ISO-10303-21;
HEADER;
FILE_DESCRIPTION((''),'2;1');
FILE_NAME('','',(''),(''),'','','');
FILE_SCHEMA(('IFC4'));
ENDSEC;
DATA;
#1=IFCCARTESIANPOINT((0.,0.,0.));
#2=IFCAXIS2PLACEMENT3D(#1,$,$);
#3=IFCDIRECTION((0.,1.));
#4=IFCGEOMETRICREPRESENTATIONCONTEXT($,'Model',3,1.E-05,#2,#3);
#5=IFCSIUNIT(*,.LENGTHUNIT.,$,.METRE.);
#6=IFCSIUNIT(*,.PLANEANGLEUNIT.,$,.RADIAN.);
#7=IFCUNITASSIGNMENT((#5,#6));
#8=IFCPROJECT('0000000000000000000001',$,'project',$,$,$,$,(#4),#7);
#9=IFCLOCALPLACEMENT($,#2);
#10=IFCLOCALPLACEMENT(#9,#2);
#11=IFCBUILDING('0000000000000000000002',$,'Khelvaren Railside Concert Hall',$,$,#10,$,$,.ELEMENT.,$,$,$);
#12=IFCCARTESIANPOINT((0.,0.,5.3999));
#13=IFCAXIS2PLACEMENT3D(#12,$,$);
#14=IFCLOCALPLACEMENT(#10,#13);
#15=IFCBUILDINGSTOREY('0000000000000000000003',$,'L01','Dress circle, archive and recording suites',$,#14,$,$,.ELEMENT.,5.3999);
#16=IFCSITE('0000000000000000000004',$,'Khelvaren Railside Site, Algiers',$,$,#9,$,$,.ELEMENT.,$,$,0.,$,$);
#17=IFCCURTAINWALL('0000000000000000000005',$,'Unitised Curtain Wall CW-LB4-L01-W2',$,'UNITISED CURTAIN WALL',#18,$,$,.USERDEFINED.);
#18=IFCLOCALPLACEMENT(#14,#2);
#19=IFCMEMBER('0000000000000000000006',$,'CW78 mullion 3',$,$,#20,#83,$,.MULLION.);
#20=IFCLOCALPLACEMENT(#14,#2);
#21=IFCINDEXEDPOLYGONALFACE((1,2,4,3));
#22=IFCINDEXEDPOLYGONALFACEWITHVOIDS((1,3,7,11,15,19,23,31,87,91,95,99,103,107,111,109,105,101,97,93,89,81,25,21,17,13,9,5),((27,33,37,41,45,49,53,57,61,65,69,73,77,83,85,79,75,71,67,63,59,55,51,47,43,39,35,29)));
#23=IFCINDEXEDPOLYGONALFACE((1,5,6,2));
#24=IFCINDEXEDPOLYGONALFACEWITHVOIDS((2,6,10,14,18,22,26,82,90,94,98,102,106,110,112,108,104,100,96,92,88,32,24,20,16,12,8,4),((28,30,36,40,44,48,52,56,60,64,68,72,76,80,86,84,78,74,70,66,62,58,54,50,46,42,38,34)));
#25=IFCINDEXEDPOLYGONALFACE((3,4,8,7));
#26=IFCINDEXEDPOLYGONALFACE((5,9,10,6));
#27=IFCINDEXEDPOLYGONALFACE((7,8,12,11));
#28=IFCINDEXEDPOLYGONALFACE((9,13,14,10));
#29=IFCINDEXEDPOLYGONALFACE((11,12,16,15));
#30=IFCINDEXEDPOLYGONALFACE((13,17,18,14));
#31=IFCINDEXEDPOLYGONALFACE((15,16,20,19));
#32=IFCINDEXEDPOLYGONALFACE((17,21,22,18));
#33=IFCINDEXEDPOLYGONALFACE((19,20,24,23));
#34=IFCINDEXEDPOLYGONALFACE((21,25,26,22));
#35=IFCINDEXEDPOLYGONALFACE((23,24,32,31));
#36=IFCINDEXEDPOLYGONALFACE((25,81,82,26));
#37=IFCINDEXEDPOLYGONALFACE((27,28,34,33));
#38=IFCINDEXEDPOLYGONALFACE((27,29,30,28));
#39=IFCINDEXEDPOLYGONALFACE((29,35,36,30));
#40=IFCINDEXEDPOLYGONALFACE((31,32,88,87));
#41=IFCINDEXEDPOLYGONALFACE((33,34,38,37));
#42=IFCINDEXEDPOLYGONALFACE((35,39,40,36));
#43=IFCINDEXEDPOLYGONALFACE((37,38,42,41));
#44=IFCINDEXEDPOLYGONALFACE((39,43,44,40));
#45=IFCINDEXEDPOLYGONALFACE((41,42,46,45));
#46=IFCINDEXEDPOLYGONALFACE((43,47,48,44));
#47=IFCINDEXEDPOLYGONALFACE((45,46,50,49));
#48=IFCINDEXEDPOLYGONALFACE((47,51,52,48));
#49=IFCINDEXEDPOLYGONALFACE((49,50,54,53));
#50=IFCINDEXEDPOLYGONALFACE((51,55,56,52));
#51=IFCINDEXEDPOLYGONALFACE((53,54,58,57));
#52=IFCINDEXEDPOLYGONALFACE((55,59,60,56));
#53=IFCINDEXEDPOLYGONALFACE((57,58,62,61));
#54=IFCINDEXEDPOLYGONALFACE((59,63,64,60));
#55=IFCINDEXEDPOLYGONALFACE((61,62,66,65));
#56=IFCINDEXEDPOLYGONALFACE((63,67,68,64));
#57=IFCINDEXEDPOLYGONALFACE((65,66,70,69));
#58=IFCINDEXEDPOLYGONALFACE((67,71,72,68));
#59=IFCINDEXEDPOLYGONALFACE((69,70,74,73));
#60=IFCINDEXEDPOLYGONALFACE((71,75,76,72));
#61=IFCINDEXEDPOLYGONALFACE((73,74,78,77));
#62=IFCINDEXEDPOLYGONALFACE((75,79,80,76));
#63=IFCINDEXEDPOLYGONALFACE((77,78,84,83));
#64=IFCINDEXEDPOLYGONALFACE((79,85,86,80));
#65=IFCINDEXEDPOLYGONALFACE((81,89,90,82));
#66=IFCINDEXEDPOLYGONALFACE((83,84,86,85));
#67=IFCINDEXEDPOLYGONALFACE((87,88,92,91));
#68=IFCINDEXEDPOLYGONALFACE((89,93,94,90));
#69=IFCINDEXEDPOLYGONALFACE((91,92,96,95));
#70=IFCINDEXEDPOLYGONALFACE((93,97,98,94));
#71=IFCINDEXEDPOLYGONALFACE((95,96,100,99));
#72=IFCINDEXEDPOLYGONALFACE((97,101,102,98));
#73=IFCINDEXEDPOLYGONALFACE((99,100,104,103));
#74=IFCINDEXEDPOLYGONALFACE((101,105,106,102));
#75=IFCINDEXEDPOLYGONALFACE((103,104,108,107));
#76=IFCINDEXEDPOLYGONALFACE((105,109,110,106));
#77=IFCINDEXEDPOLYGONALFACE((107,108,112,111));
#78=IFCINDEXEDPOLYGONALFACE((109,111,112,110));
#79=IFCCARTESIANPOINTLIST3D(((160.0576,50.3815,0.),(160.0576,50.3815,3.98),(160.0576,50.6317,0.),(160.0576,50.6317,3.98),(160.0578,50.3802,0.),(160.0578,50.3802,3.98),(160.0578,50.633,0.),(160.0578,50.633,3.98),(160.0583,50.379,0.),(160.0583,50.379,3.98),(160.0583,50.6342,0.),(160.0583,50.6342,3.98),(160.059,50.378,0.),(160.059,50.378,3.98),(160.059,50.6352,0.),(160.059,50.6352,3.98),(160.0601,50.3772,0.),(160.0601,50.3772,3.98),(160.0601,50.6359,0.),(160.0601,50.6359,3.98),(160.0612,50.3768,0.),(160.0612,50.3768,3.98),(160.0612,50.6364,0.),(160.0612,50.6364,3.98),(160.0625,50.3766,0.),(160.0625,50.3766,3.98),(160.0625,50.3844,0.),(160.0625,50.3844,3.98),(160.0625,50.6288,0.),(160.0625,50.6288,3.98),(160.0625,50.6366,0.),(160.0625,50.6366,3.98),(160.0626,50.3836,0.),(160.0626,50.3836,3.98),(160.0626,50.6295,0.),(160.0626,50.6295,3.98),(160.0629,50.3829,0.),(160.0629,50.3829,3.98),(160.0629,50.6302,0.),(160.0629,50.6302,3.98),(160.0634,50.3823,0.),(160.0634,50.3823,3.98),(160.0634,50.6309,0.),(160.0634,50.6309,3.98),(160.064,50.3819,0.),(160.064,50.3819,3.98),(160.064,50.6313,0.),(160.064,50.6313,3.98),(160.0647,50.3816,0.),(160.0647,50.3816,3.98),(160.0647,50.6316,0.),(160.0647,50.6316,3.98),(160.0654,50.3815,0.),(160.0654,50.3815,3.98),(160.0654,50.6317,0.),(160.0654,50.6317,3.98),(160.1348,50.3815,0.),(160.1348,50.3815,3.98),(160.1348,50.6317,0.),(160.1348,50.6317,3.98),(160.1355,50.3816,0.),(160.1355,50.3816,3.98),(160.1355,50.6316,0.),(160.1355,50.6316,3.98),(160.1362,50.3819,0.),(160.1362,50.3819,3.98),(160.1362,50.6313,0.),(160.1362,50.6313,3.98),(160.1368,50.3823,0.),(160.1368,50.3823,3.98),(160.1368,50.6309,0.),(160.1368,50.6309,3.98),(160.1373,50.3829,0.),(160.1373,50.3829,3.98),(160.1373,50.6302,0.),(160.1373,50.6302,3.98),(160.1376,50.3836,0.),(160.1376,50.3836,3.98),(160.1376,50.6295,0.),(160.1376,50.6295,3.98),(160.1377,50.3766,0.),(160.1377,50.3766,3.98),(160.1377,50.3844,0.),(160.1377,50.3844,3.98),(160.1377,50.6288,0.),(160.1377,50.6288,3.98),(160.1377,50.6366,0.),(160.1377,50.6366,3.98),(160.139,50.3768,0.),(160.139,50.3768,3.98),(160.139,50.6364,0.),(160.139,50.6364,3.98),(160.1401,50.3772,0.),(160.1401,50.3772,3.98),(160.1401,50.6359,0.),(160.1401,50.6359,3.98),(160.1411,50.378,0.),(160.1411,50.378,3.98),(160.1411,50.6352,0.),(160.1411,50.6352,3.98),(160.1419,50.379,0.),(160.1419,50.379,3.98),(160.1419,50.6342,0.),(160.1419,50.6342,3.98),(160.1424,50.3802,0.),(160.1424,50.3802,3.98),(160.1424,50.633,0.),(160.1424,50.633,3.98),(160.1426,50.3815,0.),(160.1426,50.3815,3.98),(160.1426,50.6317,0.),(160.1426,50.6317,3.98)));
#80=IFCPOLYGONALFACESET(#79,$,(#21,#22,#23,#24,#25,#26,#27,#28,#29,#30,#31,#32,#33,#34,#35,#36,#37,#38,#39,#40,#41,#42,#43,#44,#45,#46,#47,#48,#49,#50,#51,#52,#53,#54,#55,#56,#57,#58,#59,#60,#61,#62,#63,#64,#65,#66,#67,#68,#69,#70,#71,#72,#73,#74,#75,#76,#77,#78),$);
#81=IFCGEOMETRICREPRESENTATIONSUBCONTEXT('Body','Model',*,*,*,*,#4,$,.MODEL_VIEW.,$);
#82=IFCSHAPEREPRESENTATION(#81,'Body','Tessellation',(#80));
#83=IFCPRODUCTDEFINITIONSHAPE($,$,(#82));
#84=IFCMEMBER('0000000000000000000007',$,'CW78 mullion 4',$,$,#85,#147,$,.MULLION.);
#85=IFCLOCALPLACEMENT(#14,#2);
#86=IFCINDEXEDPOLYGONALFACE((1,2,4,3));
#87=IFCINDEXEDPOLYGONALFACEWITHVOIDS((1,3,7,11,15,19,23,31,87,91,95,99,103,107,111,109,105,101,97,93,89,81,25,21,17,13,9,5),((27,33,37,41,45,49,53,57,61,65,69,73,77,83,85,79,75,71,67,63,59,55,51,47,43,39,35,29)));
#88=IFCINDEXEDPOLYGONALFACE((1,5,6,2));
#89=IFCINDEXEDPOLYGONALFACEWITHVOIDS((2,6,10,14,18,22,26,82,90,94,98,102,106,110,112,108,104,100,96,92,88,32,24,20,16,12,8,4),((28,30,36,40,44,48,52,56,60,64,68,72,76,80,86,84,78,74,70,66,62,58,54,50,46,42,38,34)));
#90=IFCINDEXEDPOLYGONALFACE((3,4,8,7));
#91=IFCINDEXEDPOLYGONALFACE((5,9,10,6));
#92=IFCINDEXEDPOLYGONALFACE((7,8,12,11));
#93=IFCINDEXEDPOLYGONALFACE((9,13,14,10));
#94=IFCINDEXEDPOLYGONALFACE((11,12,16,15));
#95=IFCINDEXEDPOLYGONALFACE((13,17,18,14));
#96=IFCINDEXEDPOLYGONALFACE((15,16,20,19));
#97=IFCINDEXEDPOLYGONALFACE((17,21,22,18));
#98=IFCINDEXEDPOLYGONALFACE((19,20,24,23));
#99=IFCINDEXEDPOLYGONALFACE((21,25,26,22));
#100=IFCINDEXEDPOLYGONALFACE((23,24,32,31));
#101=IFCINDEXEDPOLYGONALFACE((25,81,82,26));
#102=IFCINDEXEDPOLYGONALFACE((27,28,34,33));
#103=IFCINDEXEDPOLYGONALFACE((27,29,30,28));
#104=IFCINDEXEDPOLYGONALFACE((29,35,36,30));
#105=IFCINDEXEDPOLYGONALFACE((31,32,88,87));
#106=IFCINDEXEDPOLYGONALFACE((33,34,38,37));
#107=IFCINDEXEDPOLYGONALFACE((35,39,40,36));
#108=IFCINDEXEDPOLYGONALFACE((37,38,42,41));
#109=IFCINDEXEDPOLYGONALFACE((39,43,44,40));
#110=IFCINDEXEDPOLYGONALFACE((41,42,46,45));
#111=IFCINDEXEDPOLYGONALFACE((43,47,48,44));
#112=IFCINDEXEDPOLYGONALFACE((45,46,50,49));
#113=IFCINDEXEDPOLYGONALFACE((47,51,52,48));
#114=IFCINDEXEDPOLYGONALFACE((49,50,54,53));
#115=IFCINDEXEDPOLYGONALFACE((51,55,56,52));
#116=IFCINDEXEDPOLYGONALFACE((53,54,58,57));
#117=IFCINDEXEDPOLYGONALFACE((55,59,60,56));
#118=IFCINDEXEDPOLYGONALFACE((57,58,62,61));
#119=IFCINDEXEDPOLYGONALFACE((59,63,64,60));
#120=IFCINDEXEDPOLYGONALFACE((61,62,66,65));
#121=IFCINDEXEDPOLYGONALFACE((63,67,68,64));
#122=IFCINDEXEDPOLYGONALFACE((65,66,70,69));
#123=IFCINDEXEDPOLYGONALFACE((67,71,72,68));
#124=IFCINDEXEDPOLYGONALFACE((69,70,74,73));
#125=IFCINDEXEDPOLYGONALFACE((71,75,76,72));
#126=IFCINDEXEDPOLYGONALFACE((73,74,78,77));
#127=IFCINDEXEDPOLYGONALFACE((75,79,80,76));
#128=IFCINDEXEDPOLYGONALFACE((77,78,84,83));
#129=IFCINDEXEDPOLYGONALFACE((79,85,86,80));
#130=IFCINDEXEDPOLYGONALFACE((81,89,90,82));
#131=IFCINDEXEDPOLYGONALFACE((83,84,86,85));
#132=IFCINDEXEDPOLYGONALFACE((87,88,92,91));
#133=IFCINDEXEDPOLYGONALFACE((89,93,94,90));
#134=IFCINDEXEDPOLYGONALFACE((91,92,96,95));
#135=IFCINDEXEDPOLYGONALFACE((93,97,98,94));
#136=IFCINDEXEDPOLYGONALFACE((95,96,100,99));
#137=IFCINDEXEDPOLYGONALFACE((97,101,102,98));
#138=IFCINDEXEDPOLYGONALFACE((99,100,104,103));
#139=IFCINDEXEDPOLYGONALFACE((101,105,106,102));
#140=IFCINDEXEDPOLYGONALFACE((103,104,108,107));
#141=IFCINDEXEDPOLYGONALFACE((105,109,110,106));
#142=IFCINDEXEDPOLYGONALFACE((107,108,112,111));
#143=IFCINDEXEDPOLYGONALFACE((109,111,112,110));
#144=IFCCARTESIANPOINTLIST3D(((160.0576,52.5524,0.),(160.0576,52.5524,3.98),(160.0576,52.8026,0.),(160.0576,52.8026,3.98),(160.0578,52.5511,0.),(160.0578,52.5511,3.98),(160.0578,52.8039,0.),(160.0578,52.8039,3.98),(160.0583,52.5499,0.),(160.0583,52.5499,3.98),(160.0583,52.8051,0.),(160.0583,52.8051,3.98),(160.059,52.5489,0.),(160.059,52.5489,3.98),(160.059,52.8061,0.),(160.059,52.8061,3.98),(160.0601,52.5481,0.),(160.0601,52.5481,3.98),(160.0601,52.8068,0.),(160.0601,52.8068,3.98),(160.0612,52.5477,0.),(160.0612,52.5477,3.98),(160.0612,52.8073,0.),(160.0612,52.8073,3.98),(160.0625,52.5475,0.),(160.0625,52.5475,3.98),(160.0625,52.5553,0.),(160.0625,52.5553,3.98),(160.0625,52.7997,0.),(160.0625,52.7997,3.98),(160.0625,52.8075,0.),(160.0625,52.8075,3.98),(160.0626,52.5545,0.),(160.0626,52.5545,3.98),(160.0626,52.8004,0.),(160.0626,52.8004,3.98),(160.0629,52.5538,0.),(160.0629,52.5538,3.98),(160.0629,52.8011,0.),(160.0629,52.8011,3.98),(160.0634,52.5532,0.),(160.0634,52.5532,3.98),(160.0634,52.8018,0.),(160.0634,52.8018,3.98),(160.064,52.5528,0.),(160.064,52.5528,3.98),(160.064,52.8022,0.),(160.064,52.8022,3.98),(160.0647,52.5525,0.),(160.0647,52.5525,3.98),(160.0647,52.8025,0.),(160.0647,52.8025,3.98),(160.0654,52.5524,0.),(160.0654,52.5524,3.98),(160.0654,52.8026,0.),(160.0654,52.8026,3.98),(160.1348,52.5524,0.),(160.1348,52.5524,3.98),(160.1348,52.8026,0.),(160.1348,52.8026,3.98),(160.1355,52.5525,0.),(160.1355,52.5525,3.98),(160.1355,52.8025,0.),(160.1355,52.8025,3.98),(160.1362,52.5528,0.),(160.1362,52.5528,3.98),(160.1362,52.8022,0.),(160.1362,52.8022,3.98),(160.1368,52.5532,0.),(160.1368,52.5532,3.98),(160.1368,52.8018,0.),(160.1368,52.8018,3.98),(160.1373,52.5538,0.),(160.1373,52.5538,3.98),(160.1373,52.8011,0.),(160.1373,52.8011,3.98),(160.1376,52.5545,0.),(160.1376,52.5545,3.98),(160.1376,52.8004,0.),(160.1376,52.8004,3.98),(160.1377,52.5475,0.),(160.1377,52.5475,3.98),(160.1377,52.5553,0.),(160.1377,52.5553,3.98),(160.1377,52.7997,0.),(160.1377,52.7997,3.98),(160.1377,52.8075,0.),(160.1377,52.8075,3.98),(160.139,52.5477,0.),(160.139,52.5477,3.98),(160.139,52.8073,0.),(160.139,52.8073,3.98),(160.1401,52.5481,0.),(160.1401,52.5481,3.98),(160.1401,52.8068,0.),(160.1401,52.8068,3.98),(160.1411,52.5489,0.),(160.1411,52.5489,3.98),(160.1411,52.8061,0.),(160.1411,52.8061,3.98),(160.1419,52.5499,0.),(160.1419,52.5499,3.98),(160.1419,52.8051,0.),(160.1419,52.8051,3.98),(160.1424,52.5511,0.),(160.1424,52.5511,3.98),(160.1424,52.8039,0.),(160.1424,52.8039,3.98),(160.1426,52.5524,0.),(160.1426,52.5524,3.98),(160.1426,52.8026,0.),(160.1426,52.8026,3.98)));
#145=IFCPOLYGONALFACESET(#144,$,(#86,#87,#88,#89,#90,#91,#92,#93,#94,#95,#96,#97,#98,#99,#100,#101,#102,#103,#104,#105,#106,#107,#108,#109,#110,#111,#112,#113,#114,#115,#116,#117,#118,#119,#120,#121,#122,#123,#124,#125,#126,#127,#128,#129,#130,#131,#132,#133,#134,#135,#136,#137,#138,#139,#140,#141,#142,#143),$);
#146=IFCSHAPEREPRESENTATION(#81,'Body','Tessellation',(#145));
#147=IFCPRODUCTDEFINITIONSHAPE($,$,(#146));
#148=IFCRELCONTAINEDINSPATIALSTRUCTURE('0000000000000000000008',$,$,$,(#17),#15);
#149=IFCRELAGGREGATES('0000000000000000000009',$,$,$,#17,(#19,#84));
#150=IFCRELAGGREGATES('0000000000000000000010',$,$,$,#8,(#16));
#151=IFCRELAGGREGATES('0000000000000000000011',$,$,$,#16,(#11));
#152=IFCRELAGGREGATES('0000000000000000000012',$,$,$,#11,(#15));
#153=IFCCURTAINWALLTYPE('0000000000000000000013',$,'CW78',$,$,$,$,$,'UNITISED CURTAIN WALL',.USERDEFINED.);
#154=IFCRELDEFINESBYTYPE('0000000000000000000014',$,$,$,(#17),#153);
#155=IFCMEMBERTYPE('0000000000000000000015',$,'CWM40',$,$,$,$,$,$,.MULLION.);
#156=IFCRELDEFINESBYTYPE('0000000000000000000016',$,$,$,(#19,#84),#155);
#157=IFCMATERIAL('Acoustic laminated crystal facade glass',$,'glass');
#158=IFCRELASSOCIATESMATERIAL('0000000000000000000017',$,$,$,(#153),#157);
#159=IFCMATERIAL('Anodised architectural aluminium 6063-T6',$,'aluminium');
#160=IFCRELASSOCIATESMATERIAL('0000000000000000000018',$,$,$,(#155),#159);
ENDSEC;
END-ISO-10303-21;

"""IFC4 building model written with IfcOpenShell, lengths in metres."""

from ifc_helpers import new_model, si_unit, direction, frame, origin, origin_2d, place, context, subcontext, project, spatial, hollow_rectangle, extrude, material, material_profile, profile_set, type_object, element, aggregate, save


model = new_model("IFC4")

# Units and contexts
model_context = context("Model", 3, precision=1e-05, world=origin(), true_north=direction((0.0, 1.0)))
body_context = subcontext(model_context, "Body", "Model", "MODEL_VIEW")
ifc_project = project(units=[si_unit("LENGTHUNIT", "METRE"), si_unit("PLANEANGLEUNIT", "RADIAN")], contexts=[model_context])

# Site, building, storey
site_placement = place(None, origin())
site = spatial("IfcSite", under=ifc_project, at=site_placement, Name="Khelvaren Railside Site, Algiers", CompositionType="ELEMENT", RefElevation=0.0)
building_placement = place(site_placement, origin())
building = spatial("IfcBuilding", under=site, at=building_placement, Name="Khelvaren Railside Concert Hall", CompositionType="ELEMENT")
storey_placement = place(building_placement, frame((0.0, 0.0, 5.3999)))
storey = spatial("IfcBuildingStorey", under=building, at=storey_placement, Name="L01", Description="Dress circle, archive and recording suites", CompositionType="ELEMENT", Elevation=5.3999)

# Curtain wall, members
ifc_material_1 = material(Name="Acoustic laminated crystal facade glass", Category="glass")
curtain_wall_type = type_object("IfcCurtainWallType", Name="CW78", ElementType="UNITISED CURTAIN WALL", PredefinedType="USERDEFINED", material=ifc_material_1)
curtain_wall_placement = place(storey_placement, origin())
curtain_wall = element("IfcCurtainWall", 1, at=curtain_wall_placement, inside=storey, type_object=curtain_wall_type, Name="Unitised Curtain Wall CW-LB4-L01-W2", ObjectType="UNITISED CURTAIN WALL", PredefinedType="USERDEFINED")
ifc_material_2 = material(Name="Anodised architectural aluminium 6063-T6", Category="aluminium")
ifc_material_profile_1 = material_profile(ifc_material_2, hollow_rectangle(XDim=0.085, YDim=0.26, WallThickness=0.0049, InnerFilletRadius=0.0029, OuterFilletRadius=0.0049, at=origin_2d()), Name="CWM 85x260x5")
ifc_profile_set_1 = profile_set([ifc_material_profile_1], Name="Anodised architectural aluminium 6063-T6")
member_type_1 = type_object("IfcMemberType", Name="CWM40", PredefinedType="MULLION", material=ifc_profile_set_1)
member_1_placement = place(storey_placement, frame((160.1001, 50.5066, 0.0), z_axis=(0.0, 0.0, 1.0), x_axis=(-1.0, 0.0, 0.0)))
member_1 = element("IfcMember", 2, at=member_1_placement, type_object=member_type_1, Name="CW78 mullion 3", PredefinedType="MULLION", context=body_context, shape_type="SweptSolid", body=[
    extrude(hollow_rectangle(XDim=0.085, YDim=0.26, WallThickness=0.0049, InnerFilletRadius=0.0029, OuterFilletRadius=0.0049, at=origin_2d()), origin(), (0.0, 0.0, 1.0), 3.98),
])
member_2_placement = place(storey_placement, frame((160.1001, 52.6775, 0.0), z_axis=(0.0, 0.0, 1.0), x_axis=(-1.0, 0.0, 0.0)))
member_2 = element("IfcMember", 3, at=member_2_placement, type_object=member_type_1, Name="CW78 mullion 4", PredefinedType="MULLION", context=body_context, shape_type="SweptSolid", body=[
    extrude(hollow_rectangle(XDim=0.085, YDim=0.26, WallThickness=0.0049, InnerFilletRadius=0.0029, OuterFilletRadius=0.0049, at=origin_2d()), origin(), (0.0, 0.0, 1.0), 3.98),
])

aggregate(curtain_wall, [member_1, member_2])

save(model, "model.ifc")
